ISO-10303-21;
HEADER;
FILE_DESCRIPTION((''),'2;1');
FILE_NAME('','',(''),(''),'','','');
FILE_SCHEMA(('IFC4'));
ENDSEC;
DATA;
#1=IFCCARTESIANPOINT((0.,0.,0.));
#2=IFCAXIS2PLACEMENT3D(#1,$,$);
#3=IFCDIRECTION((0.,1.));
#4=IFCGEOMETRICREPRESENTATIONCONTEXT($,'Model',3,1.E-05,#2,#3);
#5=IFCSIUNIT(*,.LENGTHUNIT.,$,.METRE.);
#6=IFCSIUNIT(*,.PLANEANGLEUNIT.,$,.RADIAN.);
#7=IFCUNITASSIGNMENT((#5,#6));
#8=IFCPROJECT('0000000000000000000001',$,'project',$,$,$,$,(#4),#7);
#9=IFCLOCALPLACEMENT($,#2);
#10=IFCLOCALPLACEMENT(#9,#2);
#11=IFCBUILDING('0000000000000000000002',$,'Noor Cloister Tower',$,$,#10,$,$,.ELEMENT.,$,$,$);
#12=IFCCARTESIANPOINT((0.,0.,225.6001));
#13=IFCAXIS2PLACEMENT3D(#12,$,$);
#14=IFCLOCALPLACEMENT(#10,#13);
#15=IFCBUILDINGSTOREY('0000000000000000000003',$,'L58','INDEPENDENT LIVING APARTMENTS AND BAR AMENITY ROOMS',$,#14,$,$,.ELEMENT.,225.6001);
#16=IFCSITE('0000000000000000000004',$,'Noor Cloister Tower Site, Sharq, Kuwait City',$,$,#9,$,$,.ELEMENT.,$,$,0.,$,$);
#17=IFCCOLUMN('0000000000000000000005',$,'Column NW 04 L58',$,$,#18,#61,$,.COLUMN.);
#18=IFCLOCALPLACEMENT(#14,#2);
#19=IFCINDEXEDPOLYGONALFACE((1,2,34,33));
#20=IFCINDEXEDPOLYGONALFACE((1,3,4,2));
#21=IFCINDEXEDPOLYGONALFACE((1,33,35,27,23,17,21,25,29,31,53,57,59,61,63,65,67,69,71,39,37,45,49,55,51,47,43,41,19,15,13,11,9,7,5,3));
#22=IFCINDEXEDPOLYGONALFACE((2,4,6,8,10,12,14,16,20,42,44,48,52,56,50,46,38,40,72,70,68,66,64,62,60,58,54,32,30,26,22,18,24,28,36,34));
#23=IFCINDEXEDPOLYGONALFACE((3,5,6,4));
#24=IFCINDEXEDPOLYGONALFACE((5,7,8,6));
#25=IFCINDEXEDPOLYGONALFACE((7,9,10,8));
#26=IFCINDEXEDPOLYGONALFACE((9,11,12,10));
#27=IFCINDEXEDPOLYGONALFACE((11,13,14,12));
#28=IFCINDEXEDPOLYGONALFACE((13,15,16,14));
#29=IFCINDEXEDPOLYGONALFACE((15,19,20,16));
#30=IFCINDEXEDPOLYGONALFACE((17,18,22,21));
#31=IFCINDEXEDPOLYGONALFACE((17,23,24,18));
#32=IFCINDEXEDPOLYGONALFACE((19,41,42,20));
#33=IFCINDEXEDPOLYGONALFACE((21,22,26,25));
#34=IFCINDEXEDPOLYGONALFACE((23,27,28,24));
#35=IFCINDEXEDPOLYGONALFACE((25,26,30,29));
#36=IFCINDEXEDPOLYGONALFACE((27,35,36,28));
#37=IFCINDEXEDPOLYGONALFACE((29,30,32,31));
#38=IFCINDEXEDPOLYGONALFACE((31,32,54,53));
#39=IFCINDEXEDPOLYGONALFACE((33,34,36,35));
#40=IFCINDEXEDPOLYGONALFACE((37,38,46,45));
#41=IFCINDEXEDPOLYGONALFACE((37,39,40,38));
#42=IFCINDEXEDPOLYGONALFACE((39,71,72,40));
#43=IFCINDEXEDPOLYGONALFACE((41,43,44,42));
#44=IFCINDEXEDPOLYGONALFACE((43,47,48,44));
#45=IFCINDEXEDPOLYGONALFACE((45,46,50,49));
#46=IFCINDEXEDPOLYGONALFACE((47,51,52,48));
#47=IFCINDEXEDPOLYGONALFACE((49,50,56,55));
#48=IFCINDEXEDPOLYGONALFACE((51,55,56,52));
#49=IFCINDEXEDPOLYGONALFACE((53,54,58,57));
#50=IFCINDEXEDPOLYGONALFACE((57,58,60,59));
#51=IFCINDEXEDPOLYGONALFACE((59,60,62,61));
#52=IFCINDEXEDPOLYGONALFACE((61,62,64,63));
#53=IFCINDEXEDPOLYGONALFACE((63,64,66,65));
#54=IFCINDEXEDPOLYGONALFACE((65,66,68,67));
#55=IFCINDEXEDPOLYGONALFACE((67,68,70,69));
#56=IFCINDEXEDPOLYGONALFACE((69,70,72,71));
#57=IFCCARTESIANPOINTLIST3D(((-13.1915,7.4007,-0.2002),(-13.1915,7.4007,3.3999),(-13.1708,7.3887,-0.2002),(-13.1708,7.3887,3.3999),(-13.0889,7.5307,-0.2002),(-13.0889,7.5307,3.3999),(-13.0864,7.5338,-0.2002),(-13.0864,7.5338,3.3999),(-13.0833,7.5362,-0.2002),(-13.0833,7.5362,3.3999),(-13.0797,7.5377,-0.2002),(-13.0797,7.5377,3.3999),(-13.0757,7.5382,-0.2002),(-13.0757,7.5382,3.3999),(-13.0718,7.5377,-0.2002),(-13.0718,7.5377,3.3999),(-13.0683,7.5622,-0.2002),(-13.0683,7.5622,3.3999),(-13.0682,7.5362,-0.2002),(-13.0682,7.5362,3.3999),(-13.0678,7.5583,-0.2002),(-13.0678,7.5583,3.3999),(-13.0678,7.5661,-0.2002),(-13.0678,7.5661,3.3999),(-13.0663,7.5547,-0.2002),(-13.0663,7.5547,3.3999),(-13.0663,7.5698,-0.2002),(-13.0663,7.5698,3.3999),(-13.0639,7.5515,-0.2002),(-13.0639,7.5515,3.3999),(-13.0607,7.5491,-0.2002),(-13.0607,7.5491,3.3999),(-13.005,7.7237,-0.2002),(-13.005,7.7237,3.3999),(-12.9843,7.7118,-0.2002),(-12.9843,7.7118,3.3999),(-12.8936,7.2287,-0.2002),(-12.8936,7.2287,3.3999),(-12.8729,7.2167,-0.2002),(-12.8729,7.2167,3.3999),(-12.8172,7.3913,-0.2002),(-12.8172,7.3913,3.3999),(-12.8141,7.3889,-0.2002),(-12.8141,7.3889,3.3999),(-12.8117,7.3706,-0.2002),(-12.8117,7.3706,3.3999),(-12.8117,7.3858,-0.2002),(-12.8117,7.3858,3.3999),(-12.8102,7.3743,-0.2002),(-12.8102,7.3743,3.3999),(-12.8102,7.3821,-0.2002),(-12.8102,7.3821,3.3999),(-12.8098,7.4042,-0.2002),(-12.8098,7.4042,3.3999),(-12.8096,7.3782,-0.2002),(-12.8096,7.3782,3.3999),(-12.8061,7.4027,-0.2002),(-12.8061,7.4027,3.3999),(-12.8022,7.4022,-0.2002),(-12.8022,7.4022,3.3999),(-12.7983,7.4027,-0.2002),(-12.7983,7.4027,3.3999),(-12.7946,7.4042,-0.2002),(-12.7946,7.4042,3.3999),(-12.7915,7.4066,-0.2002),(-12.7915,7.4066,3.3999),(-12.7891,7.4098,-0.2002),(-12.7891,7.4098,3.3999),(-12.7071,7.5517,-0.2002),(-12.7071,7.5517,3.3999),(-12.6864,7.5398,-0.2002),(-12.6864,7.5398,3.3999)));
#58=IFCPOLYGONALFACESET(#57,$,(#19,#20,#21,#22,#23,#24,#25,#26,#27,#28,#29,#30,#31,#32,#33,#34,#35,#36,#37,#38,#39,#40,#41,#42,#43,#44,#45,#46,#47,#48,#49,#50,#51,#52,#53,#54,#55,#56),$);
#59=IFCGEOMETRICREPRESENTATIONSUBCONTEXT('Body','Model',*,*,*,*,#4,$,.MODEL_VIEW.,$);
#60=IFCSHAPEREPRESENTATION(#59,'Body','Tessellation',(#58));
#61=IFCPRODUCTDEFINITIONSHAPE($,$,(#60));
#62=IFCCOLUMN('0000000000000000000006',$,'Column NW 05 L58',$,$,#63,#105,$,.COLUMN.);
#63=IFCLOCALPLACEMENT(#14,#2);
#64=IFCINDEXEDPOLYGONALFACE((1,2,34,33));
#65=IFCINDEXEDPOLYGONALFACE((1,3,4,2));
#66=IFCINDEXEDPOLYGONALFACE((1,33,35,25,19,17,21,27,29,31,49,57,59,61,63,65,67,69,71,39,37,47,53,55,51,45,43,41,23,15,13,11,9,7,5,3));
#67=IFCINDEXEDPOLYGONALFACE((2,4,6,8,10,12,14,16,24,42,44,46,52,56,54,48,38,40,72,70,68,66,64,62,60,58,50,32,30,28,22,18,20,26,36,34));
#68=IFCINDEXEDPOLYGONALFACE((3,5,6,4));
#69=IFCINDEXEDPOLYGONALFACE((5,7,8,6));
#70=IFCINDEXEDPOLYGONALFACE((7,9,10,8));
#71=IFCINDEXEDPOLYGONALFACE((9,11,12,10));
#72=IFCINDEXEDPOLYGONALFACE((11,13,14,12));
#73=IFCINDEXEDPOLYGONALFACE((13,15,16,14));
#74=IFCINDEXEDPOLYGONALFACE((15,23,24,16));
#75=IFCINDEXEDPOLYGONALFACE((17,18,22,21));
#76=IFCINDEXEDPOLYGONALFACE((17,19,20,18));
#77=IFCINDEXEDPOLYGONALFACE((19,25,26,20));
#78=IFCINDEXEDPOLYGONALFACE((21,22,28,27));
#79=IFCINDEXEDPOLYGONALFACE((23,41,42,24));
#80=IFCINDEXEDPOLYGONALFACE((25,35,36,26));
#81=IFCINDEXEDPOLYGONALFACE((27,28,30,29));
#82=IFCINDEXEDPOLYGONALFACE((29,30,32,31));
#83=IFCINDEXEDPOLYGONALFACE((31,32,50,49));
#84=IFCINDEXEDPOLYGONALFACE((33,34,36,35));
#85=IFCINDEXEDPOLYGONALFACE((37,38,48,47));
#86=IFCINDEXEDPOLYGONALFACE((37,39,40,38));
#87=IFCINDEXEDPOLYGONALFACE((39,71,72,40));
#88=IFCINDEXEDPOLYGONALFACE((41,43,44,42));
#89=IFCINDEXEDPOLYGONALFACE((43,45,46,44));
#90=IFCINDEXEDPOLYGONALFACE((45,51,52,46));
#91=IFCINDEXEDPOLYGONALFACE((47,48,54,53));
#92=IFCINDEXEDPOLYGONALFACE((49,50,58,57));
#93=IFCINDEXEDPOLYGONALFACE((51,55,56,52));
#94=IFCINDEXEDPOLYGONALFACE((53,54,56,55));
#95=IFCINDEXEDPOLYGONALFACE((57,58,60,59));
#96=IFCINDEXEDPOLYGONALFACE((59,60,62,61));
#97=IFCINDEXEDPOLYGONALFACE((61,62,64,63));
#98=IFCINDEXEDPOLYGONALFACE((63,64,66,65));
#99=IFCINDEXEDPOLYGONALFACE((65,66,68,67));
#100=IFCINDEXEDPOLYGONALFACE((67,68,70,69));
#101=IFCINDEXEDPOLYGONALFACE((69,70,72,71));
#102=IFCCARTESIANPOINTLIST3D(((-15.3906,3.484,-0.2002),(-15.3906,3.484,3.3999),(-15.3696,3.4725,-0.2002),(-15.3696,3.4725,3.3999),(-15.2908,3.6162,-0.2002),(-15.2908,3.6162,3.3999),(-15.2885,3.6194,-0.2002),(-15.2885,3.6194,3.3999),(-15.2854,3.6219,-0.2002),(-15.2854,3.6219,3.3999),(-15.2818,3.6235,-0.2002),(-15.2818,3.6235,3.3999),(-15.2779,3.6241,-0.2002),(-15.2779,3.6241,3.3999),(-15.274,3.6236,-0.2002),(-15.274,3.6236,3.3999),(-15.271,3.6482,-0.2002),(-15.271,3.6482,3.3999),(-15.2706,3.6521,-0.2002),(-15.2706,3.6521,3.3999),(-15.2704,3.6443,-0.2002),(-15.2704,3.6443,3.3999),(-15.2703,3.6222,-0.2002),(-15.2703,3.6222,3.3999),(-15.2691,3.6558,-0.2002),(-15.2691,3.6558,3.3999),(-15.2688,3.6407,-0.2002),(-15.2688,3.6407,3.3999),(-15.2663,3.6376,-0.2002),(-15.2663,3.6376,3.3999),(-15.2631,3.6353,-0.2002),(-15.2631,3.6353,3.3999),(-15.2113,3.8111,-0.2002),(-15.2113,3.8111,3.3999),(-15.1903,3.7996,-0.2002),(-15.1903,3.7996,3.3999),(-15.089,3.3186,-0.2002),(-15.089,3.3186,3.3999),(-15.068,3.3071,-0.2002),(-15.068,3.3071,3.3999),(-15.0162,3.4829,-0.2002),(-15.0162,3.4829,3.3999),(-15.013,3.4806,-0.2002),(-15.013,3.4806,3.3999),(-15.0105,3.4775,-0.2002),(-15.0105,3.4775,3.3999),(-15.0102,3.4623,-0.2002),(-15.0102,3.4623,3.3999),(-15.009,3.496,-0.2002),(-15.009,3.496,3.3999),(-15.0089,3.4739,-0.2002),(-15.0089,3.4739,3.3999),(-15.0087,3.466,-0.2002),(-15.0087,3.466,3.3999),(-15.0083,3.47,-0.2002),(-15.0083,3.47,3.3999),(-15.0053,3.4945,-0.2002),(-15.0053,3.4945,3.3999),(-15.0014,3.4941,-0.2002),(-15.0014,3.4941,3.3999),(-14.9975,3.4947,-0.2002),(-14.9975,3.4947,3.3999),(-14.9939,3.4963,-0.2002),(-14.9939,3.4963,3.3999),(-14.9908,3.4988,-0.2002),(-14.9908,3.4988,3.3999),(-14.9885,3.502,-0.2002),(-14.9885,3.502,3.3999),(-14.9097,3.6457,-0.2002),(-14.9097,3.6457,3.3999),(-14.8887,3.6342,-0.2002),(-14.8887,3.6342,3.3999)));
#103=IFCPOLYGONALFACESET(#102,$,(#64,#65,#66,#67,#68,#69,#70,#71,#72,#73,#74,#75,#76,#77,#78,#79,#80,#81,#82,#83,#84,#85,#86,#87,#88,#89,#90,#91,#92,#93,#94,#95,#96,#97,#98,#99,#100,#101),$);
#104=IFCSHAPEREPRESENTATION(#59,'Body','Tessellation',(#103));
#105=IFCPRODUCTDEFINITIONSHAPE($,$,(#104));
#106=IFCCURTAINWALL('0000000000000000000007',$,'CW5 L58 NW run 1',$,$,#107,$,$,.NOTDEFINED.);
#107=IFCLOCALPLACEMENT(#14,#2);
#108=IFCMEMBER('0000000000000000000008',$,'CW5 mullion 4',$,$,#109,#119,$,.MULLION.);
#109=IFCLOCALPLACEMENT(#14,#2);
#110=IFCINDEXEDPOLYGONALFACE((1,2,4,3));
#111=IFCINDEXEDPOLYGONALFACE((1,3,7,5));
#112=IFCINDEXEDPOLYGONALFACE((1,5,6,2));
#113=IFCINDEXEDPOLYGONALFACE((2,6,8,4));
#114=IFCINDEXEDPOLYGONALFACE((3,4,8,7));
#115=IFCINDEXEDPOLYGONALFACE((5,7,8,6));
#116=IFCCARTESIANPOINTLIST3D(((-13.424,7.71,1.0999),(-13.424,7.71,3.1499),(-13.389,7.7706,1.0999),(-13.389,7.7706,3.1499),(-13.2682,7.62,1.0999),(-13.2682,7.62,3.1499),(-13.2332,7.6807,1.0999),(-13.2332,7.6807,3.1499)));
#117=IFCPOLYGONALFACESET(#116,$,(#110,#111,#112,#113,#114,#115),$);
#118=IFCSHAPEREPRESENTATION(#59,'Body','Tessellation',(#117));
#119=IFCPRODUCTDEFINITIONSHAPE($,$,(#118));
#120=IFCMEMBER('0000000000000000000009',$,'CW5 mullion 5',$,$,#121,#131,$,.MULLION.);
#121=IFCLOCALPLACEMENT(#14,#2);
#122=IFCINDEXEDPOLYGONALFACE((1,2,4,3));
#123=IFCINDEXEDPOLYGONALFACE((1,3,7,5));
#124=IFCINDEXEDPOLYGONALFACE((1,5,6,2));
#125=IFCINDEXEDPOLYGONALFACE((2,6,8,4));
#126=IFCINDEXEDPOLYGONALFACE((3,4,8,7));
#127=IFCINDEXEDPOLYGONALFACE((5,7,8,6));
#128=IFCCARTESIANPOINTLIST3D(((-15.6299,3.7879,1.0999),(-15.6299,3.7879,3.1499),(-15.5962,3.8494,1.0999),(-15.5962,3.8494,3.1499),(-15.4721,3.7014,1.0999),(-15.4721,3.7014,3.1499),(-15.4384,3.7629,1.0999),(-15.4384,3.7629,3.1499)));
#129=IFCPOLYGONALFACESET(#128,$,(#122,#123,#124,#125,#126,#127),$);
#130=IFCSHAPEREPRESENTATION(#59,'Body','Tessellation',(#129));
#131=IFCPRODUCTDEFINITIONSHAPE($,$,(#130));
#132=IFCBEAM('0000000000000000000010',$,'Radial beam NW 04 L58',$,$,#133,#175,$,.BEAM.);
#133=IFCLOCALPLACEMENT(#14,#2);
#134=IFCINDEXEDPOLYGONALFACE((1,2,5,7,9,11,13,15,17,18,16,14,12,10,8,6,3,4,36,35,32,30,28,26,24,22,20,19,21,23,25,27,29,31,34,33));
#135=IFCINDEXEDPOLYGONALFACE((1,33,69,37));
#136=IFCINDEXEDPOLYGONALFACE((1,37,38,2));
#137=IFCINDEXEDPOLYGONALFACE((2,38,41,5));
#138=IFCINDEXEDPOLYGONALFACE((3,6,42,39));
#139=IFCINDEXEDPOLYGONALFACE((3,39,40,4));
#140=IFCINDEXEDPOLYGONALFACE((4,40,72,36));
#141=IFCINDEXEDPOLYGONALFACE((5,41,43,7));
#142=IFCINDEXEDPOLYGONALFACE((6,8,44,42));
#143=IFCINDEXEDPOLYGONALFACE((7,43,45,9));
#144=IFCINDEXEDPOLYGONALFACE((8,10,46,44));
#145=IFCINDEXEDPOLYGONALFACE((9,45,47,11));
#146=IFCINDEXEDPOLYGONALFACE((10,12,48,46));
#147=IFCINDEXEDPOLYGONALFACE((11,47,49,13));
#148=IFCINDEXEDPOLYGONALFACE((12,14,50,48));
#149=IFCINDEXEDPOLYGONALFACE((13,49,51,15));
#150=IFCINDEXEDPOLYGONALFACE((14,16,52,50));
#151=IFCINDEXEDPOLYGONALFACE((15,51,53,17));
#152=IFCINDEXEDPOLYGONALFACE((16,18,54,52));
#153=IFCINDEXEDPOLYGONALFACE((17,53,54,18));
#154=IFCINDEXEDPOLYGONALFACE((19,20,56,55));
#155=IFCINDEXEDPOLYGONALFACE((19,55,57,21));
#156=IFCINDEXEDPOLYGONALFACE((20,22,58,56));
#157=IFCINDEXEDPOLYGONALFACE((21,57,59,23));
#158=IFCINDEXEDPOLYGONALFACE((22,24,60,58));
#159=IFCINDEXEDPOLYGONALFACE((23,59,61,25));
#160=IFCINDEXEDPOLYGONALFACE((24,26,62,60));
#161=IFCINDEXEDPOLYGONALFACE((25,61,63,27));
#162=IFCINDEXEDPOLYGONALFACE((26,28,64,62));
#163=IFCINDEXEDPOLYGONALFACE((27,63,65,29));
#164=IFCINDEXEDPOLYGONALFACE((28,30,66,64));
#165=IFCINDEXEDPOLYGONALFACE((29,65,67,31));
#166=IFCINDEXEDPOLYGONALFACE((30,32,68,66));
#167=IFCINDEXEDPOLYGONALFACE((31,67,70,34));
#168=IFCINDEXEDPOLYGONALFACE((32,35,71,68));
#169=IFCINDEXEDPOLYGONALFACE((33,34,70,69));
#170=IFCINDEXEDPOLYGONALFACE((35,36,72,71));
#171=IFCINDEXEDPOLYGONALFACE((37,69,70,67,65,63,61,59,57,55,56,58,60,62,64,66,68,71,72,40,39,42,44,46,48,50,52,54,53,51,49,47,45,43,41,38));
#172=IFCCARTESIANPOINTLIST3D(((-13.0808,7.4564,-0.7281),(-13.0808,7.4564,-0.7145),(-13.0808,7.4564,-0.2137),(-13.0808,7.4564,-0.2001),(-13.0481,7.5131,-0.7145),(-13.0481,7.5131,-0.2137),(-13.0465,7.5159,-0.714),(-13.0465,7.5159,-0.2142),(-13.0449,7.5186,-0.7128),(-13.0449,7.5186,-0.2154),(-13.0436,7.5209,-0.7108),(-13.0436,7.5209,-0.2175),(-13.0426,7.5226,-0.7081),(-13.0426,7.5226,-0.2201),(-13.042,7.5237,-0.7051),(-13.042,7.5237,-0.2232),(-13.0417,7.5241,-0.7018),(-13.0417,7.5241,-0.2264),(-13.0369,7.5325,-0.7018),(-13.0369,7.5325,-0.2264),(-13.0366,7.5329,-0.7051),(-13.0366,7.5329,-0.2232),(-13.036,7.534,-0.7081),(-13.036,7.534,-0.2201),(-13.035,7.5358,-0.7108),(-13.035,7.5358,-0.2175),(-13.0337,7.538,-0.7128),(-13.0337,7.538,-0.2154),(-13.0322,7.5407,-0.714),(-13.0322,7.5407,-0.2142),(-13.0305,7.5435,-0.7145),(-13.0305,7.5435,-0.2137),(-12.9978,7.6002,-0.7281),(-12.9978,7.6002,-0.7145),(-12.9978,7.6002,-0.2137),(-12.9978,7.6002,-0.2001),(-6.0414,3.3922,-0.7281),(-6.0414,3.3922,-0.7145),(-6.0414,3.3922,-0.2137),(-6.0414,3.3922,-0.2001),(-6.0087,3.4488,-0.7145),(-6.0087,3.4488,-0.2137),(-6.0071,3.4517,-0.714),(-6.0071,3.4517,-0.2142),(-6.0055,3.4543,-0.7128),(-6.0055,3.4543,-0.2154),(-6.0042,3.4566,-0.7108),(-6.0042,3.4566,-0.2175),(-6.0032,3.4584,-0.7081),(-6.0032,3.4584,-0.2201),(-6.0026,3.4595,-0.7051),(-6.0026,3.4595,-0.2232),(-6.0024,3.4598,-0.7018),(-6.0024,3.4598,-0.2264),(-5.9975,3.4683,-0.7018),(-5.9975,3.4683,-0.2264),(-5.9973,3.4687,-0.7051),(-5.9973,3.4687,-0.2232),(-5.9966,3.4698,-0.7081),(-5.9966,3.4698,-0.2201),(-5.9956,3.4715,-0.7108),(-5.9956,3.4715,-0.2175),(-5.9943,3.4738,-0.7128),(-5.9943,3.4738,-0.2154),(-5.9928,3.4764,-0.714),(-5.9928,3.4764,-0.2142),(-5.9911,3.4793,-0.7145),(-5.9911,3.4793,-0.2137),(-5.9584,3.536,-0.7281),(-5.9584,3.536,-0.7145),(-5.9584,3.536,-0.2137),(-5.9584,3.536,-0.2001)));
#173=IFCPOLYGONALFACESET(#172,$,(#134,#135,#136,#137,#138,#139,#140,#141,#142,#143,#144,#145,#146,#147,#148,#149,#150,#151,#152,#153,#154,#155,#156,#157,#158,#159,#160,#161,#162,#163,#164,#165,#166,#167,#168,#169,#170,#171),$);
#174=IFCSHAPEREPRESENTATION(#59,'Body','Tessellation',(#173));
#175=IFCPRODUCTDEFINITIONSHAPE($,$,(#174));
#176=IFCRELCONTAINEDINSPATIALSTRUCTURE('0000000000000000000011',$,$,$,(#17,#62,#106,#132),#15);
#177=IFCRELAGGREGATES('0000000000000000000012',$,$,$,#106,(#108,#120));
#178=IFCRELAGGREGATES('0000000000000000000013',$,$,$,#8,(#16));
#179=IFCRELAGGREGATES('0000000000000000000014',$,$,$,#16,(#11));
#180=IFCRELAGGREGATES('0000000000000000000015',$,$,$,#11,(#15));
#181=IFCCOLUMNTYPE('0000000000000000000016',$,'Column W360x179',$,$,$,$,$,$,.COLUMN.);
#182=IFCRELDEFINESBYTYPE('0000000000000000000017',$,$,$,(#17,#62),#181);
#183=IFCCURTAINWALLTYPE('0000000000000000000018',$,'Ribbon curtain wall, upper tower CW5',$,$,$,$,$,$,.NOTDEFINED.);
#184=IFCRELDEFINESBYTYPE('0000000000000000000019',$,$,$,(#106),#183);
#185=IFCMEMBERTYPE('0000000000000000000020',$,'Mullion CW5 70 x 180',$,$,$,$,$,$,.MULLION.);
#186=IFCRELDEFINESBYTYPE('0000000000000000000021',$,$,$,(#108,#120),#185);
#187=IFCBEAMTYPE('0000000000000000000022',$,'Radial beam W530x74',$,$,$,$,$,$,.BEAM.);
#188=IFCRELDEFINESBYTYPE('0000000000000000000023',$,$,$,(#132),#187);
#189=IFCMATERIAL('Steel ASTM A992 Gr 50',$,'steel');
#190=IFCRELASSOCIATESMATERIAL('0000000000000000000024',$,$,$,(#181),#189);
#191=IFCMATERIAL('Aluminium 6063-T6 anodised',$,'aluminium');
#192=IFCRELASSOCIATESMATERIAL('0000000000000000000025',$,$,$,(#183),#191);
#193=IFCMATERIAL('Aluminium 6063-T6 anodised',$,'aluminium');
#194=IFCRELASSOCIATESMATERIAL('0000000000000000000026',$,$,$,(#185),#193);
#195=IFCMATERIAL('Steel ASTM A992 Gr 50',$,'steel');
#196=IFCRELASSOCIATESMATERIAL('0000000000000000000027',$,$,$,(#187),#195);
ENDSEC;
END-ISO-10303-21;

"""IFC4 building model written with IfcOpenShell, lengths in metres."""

from ifc_helpers import new_model, si_unit, direction, frame, origin, origin_2d, place, context, subcontext, project, spatial, rectangle, i_section, extrude, material, material_profile, profile_set, type_object, element, aggregate, save


model = new_model("IFC4")

# Units and contexts
model_context = context("Model", 3, precision=1e-05, world=origin(), true_north=direction((0.0, 1.0)))
body_context = subcontext(model_context, "Body", "Model", "MODEL_VIEW")
ifc_project = project(units=[si_unit("LENGTHUNIT", "METRE"), si_unit("PLANEANGLEUNIT", "RADIAN")], contexts=[model_context])

# Site, building, storey
site_placement = place(None, origin())
site = spatial("IfcSite", under=ifc_project, at=site_placement, Name="Noor Cloister Tower Site, Sharq, Kuwait City", CompositionType="ELEMENT", RefElevation=0.0)
building_placement = place(site_placement, origin())
building = spatial("IfcBuilding", under=site, at=building_placement, Name="Noor Cloister Tower", CompositionType="ELEMENT")
storey_placement = place(building_placement, frame((0.0, 0.0, 225.6001)))
storey = spatial("IfcBuildingStorey", under=building, at=storey_placement, Name="L58", Description="INDEPENDENT LIVING APARTMENTS AND BAR AMENITY ROOMS", CompositionType="ELEMENT", Elevation=225.6001)

# Columns
ifc_material_1 = material(Name="Steel ASTM A992 Gr 50", Category="steel")
ifc_material_profile_1 = material_profile(ifc_material_1, i_section(OverallWidth=0.373, OverallDepth=0.3679, WebThickness=0.0149, FlangeThickness=0.0239, FilletRadius=0.0151, at=origin_2d()), Name="W360x179")
ifc_profile_set_1 = profile_set([ifc_material_profile_1], Name="Steel ASTM A992 Gr 50")
column_type = type_object("IfcColumnType", Name="Column W360x179", PredefinedType="COLUMN", material=ifc_profile_set_1)
for number, where, z_axis, x_axis, name in (
    (1, (-12.939, 7.4702, -0.2002), (0.0, 0.0, 1.0), (-0.5, -0.866025, 0.0), "Column NW 04 L58"),
    (2, (-15.1396, 3.5591, -0.2002), (0.0, 0.0, 1.0), (-0.480711, -0.876879, 0.0), "Column NW 05 L58"),
):
    element("IfcColumn", number, at=place(storey_placement, frame(where, z_axis=z_axis, x_axis=x_axis)), inside=storey, type_object=column_type, Name=name, PredefinedType="COLUMN", context=body_context, shape_type="SweptSolid", body=[
        extrude(i_section(OverallWidth=0.373, OverallDepth=0.3679, WebThickness=0.0149, FlangeThickness=0.0239, FilletRadius=0.0151, at=origin_2d()), origin(), (0.0, 0.0, 1.0), 3.6001),
    ])

# Curtain wall, members
ifc_material_2 = material(Name="Aluminium 6063-T6 anodised", Category="aluminium")
curtain_wall_type = type_object("IfcCurtainWallType", Name="Ribbon curtain wall, upper tower CW5", PredefinedType="NOTDEFINED", material=ifc_material_2)
curtain_wall_placement = place(storey_placement, origin())
curtain_wall = element("IfcCurtainWall", 3, at=curtain_wall_placement, inside=storey, type_object=curtain_wall_type, Name="CW5 L58 NW run 1", PredefinedType="NOTDEFINED")
ifc_material_3 = material(Name="Aluminium 6063-T6 anodised", Category="aluminium")
ifc_material_profile_2 = material_profile(ifc_material_3, rectangle(XDim=0.1799, YDim=0.0701, at=origin_2d()), Name="180 x 70 mullion")
ifc_profile_set_2 = profile_set([ifc_material_profile_2], Name="Aluminium 6063-T6 anodised")
member_type = type_object("IfcMemberType", Name="Mullion CW5 70 x 180", PredefinedType="MULLION", material=ifc_profile_set_2)
member_1_placement = place(storey_placement, frame((-13.3286, 7.6953, 1.0999), z_axis=(0.0, 0.0, 1.0), x_axis=(0.866025, -0.5, 0.0)))
member_1 = element("IfcMember", 4, at=member_1_placement, type_object=member_type, Name="CW5 mullion 4", PredefinedType="MULLION", context=body_context, shape_type="SweptSolid", body=[
    extrude(rectangle(XDim=0.1799, YDim=0.0701, at=origin_2d()), origin(), (0.0, 0.0, 1.0), 2.05),
])
member_2_placement = place(storey_placement, frame((-15.5342, 3.7754, 1.0999), z_axis=(0.0, 0.0, 1.0), x_axis=(0.876879, -0.480711, 0.0)))
member_2 = element("IfcMember", 5, at=member_2_placement, type_object=member_type, Name="CW5 mullion 5", PredefinedType="MULLION", context=body_context, shape_type="SweptSolid", body=[
    extrude(rectangle(XDim=0.1799, YDim=0.0701, at=origin_2d()), origin(), (0.0, 0.0, 1.0), 2.05),
])

# Beam
ifc_material_4 = material(Name="Steel ASTM A992 Gr 50", Category="steel")
ifc_material_profile_3 = material_profile(ifc_material_4, i_section(OverallWidth=0.166, OverallDepth=0.5281, WebThickness=0.0098, FlangeThickness=0.0137, FilletRadius=0.0127, at=origin_2d()), Name="W530x74")
ifc_profile_set_3 = profile_set([ifc_material_profile_3], Name="Steel ASTM A992 Gr 50")
beam_type_1 = type_object("IfcBeamType", Name="Radial beam W530x74", PredefinedType="BEAM", material=ifc_profile_set_3)
beam_1_placement = place(storey_placement, frame((-13.0393, 7.5283, -0.4641), z_axis=(0.866022, -0.500006, 0.0), x_axis=(0.500006, 0.866022, 0.0)))
element("IfcBeam", 6, at=beam_1_placement, inside=storey, type_object=beam_type_1, Name="Radial beam NW 04 L58", PredefinedType="BEAM", context=body_context, shape_type="SweptSolid", body=[
    extrude(i_section(OverallWidth=0.166, OverallDepth=0.5281, WebThickness=0.0098, FlangeThickness=0.0137, FilletRadius=0.0127, at=origin_2d()), origin(), (0.0, 0.0, 1.0), 8.1284),
])

aggregate(curtain_wall, [member_1, member_2])

save(model, "model.ifc")
